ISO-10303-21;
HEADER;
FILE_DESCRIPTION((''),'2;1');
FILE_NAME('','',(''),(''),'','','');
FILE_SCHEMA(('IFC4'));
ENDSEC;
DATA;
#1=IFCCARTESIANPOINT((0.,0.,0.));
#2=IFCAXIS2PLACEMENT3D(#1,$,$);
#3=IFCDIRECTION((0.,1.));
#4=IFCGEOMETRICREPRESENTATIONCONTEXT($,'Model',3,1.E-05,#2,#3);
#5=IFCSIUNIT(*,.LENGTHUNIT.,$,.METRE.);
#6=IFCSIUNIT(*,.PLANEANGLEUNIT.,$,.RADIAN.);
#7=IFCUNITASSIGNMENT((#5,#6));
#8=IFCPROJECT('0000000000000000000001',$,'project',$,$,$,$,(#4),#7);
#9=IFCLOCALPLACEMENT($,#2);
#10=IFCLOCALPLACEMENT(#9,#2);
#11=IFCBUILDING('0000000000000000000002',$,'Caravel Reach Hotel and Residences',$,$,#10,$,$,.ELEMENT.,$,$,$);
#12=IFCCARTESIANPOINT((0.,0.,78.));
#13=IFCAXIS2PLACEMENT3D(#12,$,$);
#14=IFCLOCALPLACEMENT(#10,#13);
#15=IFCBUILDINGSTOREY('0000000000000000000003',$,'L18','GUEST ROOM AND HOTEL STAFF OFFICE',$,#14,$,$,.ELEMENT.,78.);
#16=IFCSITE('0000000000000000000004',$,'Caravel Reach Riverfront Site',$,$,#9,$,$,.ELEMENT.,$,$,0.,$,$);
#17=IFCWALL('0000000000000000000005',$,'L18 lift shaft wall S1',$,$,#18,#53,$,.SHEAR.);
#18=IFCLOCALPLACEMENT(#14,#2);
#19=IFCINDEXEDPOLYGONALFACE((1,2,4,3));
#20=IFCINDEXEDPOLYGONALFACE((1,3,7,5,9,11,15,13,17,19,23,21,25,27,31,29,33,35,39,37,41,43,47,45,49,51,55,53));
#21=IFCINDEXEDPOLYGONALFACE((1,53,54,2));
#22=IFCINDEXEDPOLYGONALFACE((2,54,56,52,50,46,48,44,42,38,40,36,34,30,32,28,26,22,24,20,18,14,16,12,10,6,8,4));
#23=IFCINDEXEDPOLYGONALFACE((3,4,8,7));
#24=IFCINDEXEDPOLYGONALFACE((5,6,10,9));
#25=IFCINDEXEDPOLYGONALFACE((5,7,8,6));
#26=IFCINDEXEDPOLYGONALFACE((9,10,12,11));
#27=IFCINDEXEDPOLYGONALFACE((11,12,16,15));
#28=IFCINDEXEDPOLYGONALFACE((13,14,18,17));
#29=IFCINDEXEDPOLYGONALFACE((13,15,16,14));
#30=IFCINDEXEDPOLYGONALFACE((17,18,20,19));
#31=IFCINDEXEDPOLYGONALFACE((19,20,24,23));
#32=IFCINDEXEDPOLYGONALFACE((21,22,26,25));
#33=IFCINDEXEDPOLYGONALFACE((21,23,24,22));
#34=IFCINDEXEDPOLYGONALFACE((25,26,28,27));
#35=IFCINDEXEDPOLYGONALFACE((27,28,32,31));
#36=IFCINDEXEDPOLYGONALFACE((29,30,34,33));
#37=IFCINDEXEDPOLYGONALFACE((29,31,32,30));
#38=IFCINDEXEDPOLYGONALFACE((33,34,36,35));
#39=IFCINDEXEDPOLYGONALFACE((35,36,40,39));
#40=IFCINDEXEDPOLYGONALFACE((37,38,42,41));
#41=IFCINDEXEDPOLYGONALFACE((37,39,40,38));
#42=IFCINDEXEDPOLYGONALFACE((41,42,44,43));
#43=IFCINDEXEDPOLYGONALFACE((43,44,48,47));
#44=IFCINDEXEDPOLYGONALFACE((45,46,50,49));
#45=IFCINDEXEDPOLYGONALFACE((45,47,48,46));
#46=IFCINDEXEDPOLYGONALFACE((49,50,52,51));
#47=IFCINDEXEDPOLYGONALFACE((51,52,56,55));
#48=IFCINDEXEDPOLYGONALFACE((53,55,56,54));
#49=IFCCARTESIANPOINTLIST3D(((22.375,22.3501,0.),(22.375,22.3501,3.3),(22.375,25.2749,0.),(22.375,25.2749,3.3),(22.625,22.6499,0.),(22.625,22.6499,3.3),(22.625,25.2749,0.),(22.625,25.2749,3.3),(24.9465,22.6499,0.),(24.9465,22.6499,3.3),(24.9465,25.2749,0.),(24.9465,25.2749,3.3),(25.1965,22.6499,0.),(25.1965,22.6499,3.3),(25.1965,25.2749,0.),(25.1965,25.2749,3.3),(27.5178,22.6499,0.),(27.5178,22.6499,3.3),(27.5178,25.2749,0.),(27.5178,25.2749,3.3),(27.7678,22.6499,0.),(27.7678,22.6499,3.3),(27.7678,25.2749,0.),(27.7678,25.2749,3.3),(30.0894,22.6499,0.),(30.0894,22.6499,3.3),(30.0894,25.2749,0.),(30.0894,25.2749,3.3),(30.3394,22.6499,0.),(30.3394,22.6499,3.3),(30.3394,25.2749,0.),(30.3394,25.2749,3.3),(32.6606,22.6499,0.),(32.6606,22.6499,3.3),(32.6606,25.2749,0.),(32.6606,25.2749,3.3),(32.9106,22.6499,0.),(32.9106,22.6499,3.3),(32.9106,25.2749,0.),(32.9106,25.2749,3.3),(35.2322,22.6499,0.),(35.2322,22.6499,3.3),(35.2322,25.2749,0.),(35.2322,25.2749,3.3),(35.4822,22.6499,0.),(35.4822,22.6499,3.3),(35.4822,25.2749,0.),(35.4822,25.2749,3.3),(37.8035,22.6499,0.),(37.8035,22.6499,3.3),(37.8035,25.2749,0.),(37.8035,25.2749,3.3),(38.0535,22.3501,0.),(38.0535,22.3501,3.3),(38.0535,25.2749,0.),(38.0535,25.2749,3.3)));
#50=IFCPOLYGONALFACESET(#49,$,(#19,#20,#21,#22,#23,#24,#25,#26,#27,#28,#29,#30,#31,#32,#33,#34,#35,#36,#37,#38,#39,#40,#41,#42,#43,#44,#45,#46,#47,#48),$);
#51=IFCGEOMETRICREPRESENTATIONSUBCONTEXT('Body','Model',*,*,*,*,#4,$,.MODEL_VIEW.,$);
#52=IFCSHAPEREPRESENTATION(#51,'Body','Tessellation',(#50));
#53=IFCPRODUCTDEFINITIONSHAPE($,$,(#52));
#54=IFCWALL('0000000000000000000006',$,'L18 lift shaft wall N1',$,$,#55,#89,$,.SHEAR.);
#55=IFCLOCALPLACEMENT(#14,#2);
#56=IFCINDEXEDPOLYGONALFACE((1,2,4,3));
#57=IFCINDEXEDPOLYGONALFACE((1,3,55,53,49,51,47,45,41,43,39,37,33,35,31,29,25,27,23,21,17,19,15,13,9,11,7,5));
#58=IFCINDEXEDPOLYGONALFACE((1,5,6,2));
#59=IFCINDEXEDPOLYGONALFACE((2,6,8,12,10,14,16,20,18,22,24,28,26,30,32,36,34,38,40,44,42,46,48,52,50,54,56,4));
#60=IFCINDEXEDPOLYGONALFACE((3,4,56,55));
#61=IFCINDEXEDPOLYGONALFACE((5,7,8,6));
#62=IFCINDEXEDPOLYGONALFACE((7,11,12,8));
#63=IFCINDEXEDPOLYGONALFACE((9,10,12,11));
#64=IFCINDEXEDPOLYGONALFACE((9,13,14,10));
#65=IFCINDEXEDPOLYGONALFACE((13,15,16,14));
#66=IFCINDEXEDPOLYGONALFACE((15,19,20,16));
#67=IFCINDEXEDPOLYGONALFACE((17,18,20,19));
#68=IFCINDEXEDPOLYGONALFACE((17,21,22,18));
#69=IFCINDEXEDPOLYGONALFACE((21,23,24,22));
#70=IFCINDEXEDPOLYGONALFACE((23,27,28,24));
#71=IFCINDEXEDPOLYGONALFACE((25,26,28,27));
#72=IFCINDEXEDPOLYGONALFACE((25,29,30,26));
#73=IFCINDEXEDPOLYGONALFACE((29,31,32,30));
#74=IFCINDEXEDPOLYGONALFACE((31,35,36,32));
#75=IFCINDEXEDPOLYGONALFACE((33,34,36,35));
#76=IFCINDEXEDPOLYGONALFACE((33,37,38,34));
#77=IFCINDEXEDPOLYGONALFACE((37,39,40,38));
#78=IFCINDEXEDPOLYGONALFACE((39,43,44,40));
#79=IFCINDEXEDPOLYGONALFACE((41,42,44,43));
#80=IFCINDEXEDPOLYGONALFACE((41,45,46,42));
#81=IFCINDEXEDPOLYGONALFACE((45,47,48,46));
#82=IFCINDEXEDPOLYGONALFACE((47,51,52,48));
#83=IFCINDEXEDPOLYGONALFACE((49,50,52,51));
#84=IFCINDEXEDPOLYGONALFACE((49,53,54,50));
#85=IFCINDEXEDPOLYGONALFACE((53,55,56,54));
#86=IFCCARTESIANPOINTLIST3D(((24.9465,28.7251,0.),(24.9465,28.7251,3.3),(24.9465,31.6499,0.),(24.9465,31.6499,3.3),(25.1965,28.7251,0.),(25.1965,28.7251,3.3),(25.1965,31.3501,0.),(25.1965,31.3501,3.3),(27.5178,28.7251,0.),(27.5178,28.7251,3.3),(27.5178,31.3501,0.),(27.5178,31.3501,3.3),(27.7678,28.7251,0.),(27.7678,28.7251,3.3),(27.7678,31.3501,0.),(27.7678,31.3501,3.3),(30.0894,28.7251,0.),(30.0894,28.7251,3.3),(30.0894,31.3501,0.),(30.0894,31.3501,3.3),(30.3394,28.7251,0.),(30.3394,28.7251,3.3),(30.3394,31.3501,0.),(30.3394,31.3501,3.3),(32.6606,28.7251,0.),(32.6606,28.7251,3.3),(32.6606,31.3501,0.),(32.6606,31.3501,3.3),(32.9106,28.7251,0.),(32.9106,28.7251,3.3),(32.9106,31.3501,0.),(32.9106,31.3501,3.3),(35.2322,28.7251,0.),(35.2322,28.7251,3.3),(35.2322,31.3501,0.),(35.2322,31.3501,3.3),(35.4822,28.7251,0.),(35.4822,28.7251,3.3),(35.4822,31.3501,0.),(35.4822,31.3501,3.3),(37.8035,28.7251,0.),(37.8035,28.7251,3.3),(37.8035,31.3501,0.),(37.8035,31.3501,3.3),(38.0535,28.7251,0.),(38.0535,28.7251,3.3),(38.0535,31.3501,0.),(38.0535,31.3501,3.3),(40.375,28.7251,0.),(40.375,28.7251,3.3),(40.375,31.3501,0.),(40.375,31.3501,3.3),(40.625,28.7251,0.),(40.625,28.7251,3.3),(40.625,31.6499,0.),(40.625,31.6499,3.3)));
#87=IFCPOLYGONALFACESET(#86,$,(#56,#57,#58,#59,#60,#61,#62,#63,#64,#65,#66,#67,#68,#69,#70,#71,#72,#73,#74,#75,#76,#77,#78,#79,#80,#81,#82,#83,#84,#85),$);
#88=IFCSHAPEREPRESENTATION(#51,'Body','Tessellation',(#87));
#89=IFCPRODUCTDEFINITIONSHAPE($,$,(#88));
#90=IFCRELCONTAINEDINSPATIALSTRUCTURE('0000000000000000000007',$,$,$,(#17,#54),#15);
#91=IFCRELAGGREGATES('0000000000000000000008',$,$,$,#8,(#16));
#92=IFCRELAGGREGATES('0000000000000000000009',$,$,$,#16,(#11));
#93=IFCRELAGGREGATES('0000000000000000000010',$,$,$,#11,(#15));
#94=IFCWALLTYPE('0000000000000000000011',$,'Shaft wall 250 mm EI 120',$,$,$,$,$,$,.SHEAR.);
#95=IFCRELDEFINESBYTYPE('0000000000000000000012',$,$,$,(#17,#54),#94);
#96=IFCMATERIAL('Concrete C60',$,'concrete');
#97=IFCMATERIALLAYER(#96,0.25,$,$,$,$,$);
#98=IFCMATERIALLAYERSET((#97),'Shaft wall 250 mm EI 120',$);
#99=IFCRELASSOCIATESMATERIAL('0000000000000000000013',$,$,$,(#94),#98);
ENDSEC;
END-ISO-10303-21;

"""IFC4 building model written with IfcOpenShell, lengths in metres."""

from ifc_helpers import new_model, si_unit, direction, frame, origin, place, context, subcontext, project, spatial, polyline, outline, extrude, material, layer, layer_set, type_object, element, save


model = new_model("IFC4")

# Units and contexts
model_context = context("Model", 3, precision=1e-05, world=origin(), true_north=direction((0.0, 1.0)))
body_context = subcontext(model_context, "Body", "Model", "MODEL_VIEW")
ifc_project = project(units=[si_unit("LENGTHUNIT", "METRE"), si_unit("PLANEANGLEUNIT", "RADIAN")], contexts=[model_context])

# Site, building, storey
site_placement = place(None, origin())
site = spatial("IfcSite", under=ifc_project, at=site_placement, Name="Caravel Reach Riverfront Site", CompositionType="ELEMENT", RefElevation=0.0)
building_placement = place(site_placement, origin())
building = spatial("IfcBuilding", under=site, at=building_placement, Name="Caravel Reach Hotel and Residences", CompositionType="ELEMENT")
storey_placement = place(building_placement, frame((0.0, 0.0, 78.0)))
storey = spatial("IfcBuildingStorey", under=building, at=storey_placement, Name="L18", Description="GUEST ROOM AND HOTEL STAFF OFFICE", CompositionType="ELEMENT", Elevation=78.0)

# Walls
ifc_material_1 = material(Name="Concrete C60", Category="concrete")
ifc_layer_1 = layer(ifc_material_1, 0.25)
ifc_layer_set_1 = layer_set([ifc_layer_1], Name="Shaft wall 250 mm EI 120")
wall_type_1 = type_object("IfcWallType", Name="Shaft wall 250 mm EI 120", PredefinedType="SHEAR", material=ifc_layer_set_1)
wall_1_placement = place(storey_placement, origin())
element("IfcWall", 1, at=wall_1_placement, inside=storey, type_object=wall_type_1, Name="L18 lift shaft wall S1", PredefinedType="SHEAR", context=body_context, shape_type="SweptSolid", body=[
    extrude(outline(polyline([(22.375, 22.3501), (38.0535, 22.3501), (38.0535, 25.2749), (37.8035, 25.2749), (37.8035, 22.6499), (35.4822, 22.6499), (35.4822, 25.2749), (35.2322, 25.2749), (35.2322, 22.6499), (32.9106, 22.6499), (32.9106, 25.2749), (32.6606, 25.2749), (32.6606, 22.6499), (30.3394, 22.6499), (30.3394, 25.2749), (30.0894, 25.2749), (30.0894, 22.6499), (27.7678, 22.6499), (27.7678, 25.2749), (27.5178, 25.2749), (27.5178, 22.6499), (25.1965, 22.6499), (25.1965, 25.2749), (24.9465, 25.2749), (24.9465, 22.6499), (22.625, 22.6499), (22.625, 25.2749), (22.375, 25.2749), (22.375, 22.3501)])), origin(), (0.0, 0.0, 1.0), 3.3),
])
wall_2_placement = place(storey_placement, origin())
element("IfcWall", 2, at=wall_2_placement, inside=storey, type_object=wall_type_1, Name="L18 lift shaft wall N1", PredefinedType="SHEAR", context=body_context, shape_type="SweptSolid", body=[
    extrude(outline(polyline([(24.9465, 28.7251), (25.1965, 28.7251), (25.1965, 31.3501), (27.5178, 31.3501), (27.5178, 28.7251), (27.7678, 28.7251), (27.7678, 31.3501), (30.0894, 31.3501), (30.0894, 28.7251), (30.3394, 28.7251), (30.3394, 31.3501), (32.6606, 31.3501), (32.6606, 28.7251), (32.9106, 28.7251), (32.9106, 31.3501), (35.2322, 31.3501), (35.2322, 28.7251), (35.4822, 28.7251), (35.4822, 31.3501), (37.8035, 31.3501), (37.8035, 28.7251), (38.0535, 28.7251), (38.0535, 31.3501), (40.375, 31.3501), (40.375, 28.7251), (40.625, 28.7251), (40.625, 31.6499), (24.9465, 31.6499), (24.9465, 28.7251)])), origin(), (0.0, 0.0, 1.0), 3.3),
])

save(model, "model.ifc")
